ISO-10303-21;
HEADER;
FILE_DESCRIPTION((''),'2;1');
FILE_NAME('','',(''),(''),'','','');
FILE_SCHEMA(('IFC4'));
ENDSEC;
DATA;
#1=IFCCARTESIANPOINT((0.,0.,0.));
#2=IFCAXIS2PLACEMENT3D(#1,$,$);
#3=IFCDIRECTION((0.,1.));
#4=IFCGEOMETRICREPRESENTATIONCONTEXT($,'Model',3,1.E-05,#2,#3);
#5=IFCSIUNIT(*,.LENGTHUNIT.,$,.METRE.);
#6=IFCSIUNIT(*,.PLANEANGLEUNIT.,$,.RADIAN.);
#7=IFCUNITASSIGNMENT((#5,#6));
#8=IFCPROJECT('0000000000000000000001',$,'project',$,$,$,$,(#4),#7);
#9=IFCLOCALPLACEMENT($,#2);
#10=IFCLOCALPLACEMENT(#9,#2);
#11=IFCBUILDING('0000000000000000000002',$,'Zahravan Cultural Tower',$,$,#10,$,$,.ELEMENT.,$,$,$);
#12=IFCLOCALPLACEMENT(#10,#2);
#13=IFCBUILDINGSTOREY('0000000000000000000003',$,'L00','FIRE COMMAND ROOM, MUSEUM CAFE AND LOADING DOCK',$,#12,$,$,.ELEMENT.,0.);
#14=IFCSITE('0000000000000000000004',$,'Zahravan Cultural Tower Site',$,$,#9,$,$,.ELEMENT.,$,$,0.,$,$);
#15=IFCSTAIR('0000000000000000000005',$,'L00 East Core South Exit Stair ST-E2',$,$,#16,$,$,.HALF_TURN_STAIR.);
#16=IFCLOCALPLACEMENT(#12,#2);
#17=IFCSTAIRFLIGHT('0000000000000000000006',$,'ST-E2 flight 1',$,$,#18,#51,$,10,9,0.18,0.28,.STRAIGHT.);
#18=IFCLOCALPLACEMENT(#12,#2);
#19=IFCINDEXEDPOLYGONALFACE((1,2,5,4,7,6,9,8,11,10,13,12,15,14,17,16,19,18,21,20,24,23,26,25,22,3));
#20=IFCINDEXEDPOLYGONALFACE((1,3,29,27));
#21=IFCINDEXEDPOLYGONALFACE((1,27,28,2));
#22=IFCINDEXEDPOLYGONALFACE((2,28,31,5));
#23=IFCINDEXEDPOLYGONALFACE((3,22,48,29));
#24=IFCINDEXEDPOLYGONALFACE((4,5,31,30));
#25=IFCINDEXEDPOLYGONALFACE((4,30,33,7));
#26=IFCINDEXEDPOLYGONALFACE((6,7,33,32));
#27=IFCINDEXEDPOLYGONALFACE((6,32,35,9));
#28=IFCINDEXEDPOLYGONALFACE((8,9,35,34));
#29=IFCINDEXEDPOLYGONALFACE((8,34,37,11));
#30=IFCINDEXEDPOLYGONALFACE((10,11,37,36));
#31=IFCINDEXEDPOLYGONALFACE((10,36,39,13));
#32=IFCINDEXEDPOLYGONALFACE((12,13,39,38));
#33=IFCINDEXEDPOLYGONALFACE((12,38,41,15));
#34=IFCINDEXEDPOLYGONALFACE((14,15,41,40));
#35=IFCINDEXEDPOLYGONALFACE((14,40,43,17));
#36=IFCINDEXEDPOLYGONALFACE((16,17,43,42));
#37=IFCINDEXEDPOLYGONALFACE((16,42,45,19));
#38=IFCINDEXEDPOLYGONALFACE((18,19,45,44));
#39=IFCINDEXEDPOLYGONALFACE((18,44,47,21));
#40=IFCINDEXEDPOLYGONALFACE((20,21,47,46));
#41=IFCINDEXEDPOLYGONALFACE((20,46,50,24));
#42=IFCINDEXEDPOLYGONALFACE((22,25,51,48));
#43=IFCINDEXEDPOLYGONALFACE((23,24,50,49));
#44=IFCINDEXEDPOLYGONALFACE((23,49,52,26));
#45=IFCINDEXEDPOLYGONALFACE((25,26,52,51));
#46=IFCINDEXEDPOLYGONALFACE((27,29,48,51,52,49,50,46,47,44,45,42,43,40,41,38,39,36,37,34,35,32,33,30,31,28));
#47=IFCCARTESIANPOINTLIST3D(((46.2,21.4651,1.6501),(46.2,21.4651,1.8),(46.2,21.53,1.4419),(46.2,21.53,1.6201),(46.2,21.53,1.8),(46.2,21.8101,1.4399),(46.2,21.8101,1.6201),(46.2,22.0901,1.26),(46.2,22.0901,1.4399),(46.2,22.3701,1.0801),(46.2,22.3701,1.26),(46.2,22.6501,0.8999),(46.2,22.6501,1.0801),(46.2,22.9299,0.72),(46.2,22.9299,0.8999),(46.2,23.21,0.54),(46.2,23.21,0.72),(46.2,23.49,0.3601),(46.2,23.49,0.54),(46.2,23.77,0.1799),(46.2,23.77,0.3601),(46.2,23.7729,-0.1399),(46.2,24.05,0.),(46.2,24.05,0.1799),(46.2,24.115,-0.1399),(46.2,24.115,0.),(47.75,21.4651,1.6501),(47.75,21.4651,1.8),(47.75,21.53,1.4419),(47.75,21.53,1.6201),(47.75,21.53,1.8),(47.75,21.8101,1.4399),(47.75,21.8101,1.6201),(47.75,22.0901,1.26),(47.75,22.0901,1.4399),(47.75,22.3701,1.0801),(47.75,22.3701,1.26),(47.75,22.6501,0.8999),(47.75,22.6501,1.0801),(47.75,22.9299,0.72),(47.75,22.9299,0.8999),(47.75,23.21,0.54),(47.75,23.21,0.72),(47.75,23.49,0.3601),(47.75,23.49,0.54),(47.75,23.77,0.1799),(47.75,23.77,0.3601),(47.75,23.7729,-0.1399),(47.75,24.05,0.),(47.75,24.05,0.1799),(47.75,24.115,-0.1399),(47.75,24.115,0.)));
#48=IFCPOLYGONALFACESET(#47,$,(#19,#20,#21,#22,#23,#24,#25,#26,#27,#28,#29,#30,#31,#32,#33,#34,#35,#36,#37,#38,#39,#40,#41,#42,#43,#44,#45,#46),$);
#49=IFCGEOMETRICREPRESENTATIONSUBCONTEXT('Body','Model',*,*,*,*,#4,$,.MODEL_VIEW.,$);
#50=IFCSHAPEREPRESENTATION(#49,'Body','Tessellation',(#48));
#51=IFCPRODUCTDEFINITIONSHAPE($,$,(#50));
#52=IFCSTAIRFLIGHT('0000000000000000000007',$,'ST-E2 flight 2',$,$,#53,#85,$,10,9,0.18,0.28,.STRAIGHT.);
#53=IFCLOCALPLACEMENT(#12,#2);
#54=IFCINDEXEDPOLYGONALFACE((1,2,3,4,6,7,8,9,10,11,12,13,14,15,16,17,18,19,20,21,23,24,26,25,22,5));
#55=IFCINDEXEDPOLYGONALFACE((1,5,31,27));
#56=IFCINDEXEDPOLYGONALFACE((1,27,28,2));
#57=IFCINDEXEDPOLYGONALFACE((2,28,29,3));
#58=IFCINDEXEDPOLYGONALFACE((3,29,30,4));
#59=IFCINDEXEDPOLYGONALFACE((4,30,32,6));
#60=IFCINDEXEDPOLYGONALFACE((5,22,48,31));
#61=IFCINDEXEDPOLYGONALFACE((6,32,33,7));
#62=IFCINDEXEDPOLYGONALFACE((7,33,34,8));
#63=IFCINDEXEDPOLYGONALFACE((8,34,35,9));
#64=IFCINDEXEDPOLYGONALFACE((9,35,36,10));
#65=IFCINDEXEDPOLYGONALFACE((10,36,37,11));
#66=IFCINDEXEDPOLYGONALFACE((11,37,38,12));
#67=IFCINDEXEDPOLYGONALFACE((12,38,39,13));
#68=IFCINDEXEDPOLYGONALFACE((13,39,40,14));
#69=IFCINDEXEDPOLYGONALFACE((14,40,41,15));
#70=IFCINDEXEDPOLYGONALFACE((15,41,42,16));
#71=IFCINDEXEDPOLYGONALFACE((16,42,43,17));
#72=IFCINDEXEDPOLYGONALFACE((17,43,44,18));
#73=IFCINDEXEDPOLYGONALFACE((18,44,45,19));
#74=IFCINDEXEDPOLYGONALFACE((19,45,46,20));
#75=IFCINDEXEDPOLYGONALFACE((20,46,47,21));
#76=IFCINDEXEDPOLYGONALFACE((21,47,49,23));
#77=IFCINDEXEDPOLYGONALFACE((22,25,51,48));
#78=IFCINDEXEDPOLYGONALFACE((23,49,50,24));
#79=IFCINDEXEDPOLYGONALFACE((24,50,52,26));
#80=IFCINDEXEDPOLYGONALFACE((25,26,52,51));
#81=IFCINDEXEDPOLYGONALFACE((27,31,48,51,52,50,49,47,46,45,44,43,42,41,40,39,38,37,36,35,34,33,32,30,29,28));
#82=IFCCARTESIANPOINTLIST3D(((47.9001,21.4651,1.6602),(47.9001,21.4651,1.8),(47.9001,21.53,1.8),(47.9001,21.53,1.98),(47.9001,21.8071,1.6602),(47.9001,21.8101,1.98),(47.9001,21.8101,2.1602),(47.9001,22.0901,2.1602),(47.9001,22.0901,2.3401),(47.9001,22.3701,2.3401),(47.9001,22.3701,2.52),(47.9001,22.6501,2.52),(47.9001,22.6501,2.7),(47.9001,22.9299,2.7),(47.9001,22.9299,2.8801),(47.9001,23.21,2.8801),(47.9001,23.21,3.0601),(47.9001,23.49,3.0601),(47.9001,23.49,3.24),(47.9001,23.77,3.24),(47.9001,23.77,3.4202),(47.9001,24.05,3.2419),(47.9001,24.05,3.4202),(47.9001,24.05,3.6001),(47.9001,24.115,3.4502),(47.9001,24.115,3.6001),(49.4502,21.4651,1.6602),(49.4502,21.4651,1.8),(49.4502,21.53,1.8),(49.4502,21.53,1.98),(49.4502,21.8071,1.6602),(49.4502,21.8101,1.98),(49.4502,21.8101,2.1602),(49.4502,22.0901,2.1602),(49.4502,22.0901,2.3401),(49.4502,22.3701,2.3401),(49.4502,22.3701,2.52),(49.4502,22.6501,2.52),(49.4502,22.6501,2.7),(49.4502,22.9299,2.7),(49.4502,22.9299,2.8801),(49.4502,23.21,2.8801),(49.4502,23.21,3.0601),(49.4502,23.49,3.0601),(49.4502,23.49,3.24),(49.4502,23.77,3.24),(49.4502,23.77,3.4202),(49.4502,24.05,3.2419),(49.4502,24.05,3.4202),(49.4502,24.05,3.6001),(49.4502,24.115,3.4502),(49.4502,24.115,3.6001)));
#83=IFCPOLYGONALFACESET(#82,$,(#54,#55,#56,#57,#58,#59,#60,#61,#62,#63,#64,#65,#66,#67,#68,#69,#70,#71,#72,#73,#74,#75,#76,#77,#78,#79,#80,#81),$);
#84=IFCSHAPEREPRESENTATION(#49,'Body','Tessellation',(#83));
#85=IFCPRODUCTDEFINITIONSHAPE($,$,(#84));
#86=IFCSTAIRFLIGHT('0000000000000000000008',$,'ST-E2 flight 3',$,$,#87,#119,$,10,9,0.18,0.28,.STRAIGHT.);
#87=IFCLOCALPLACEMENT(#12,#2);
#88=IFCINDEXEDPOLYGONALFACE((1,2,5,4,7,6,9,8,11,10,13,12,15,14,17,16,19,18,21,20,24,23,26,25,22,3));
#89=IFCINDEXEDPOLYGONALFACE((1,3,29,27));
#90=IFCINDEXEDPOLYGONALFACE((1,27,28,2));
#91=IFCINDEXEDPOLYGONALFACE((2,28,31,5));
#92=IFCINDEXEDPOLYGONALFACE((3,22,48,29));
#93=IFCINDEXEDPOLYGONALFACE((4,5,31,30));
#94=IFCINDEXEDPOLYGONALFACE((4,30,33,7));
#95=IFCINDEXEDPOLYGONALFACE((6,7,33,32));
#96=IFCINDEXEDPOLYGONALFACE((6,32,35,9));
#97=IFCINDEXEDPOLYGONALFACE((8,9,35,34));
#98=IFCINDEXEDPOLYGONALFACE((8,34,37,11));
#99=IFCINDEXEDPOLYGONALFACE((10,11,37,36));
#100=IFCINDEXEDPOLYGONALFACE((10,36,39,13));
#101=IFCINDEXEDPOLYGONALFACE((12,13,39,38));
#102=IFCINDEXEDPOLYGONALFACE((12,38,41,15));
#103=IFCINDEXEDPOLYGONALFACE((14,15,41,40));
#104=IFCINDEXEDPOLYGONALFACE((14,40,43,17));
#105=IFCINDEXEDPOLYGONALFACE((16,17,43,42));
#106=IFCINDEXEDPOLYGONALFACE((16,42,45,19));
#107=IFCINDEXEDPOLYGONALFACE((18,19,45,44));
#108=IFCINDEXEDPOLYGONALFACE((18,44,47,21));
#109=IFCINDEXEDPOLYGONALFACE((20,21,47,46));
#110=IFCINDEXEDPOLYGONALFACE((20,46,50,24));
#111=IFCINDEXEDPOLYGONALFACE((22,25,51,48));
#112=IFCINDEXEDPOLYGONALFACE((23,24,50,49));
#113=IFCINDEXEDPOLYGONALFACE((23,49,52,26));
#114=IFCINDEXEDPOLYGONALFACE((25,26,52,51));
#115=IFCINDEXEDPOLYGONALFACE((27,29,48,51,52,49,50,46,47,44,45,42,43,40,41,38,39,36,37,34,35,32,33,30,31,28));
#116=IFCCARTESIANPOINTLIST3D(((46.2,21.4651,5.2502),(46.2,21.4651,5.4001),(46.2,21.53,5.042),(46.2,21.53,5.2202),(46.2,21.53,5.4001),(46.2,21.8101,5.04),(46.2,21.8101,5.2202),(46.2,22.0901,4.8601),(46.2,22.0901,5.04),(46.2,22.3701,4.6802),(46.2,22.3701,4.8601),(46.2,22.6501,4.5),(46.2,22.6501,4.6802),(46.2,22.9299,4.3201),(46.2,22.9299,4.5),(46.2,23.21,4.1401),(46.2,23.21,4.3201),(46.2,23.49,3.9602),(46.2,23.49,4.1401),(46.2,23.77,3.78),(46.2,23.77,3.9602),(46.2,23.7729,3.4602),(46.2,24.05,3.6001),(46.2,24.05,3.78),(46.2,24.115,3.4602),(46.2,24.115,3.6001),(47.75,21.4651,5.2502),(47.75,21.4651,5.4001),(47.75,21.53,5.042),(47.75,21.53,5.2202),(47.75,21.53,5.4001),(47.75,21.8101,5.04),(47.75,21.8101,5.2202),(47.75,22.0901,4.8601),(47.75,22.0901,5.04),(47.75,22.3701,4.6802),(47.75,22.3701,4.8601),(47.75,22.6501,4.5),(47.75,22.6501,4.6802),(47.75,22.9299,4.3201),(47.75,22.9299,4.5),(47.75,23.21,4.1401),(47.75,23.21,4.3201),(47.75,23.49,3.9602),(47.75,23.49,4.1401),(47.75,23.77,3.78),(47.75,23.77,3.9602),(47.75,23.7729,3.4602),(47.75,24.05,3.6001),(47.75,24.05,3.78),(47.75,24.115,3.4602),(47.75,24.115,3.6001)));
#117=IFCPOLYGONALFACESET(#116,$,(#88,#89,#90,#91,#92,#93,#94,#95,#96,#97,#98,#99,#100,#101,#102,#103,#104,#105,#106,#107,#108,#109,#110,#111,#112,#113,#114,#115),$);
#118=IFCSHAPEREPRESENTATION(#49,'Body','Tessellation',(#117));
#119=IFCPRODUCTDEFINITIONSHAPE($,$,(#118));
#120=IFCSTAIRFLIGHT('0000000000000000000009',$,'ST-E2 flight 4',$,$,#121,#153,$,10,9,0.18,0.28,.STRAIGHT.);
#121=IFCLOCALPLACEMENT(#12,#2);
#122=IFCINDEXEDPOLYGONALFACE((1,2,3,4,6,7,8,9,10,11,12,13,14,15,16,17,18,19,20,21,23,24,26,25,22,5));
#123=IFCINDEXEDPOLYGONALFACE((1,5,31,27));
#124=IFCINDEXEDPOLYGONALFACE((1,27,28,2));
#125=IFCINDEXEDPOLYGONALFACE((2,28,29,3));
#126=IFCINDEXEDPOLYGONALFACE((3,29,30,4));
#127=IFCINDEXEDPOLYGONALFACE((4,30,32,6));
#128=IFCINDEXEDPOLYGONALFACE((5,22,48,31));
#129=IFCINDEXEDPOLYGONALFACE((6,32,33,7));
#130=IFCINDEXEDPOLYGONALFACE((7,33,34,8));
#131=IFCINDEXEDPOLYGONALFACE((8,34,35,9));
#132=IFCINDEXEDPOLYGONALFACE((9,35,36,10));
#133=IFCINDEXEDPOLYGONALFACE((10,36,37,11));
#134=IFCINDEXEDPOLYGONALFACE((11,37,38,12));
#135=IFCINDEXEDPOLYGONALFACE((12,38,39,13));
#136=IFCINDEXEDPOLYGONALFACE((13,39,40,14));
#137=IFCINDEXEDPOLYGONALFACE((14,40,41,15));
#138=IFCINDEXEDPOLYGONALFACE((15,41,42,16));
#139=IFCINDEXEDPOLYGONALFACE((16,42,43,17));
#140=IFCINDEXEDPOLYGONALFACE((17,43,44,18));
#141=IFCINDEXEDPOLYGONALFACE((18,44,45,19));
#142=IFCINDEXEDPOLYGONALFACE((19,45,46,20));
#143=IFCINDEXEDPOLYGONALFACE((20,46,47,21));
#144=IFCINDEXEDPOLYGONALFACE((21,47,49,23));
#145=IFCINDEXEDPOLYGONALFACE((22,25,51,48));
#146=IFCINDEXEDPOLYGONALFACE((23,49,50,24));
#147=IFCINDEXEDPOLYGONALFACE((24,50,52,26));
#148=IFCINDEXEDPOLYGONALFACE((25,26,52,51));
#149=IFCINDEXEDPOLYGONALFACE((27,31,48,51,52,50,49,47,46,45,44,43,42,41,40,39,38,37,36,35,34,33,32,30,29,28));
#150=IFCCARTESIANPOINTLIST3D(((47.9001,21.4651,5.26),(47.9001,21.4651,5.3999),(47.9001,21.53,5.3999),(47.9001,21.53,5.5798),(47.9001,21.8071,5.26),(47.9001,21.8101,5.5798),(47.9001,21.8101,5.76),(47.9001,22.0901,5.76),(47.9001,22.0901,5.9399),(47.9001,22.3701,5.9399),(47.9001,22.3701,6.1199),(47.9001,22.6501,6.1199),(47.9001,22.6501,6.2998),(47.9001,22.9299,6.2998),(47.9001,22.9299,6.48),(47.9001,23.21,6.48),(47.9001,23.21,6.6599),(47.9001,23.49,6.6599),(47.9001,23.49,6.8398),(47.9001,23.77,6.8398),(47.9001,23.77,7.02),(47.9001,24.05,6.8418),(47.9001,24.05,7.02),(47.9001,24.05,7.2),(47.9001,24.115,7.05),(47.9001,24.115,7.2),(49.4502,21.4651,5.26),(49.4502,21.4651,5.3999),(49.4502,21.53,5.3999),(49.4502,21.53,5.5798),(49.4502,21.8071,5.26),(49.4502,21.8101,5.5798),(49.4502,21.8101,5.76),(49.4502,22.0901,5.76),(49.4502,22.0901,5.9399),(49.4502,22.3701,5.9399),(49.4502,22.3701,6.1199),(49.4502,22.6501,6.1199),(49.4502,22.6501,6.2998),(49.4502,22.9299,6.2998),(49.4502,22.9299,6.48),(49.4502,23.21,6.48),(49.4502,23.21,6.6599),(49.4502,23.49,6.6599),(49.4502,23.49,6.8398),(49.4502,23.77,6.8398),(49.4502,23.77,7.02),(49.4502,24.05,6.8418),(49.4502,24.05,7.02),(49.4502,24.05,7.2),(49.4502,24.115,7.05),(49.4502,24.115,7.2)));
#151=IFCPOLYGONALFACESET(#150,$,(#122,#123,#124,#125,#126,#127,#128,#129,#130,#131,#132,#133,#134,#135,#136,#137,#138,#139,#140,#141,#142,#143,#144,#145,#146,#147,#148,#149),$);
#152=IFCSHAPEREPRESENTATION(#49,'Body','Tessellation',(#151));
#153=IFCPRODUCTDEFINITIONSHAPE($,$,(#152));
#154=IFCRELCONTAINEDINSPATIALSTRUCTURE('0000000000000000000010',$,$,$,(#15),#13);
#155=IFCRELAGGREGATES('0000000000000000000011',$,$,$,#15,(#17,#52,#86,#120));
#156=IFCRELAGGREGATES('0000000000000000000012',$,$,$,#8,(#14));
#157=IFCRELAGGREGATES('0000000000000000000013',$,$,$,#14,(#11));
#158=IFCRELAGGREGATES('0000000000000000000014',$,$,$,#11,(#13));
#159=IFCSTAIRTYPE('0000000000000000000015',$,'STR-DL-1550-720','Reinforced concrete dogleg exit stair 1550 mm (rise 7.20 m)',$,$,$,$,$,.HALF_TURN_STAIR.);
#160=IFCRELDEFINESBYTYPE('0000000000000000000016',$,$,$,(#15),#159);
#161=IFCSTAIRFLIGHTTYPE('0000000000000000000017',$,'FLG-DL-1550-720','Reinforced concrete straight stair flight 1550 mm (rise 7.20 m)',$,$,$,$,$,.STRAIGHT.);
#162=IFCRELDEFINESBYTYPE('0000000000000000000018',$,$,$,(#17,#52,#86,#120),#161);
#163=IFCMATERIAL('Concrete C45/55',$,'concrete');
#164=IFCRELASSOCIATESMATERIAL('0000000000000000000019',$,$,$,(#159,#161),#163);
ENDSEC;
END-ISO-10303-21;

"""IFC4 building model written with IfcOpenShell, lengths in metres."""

from ifc_helpers import new_model, si_unit, direction, frame, origin, place, context, subcontext, project, spatial, polyline, outline, extrude, material, type_object, element, aggregate, save


model = new_model("IFC4")

# Units and contexts
model_context = context("Model", 3, precision=1e-05, world=origin(), true_north=direction((0.0, 1.0)))
body_context = subcontext(model_context, "Body", "Model", "MODEL_VIEW")
ifc_project = project(units=[si_unit("LENGTHUNIT", "METRE"), si_unit("PLANEANGLEUNIT", "RADIAN")], contexts=[model_context])

# Site, building, storey
site_placement = place(None, origin())
site = spatial("IfcSite", under=ifc_project, at=site_placement, Name="Zahravan Cultural Tower Site", CompositionType="ELEMENT", RefElevation=0.0)
building_placement = place(site_placement, origin())
building = spatial("IfcBuilding", under=site, at=building_placement, Name="Zahravan Cultural Tower", CompositionType="ELEMENT")
storey_placement = place(building_placement, origin())
storey = spatial("IfcBuildingStorey", under=building, at=storey_placement, Name="L00", Description="FIRE COMMAND ROOM, MUSEUM CAFE AND LOADING DOCK", CompositionType="ELEMENT", Elevation=0.0)

# Stair, stair flights
ifc_material_1 = material(Name="Concrete C45/55", Category="concrete")
stair_type = type_object("IfcStairType", Name="STR-DL-1550-720", Description="Reinforced concrete dogleg exit stair 1550 mm (rise 7.20 m)", PredefinedType="HALF_TURN_STAIR", material=ifc_material_1)
stair_placement = place(storey_placement, origin())
stair = element("IfcStair", 1, at=stair_placement, inside=storey, type_object=stair_type, Name="L00 East Core South Exit Stair ST-E2", PredefinedType="HALF_TURN_STAIR")
stair_flight_type = type_object("IfcStairFlightType", Name="FLG-DL-1550-720", Description="Reinforced concrete straight stair flight 1550 mm (rise 7.20 m)", PredefinedType="STRAIGHT", material=ifc_material_1)
stair_flight_1_placement = place(storey_placement, frame((46.9751, 24.05, 0.0), z_axis=(0.0, 0.0, 1.0), x_axis=(0.0, -1.0, 0.0)))
stair_flight_1 = element("IfcStairFlight", 2, at=stair_flight_1_placement, type_object=stair_flight_type, Name="ST-E2 flight 1", NumberOfRisers=10, NumberOfTreads=9, PredefinedType="STRAIGHT", RiserHeight=0.18, TreadLength=0.28, context=body_context, shape_type="SweptSolid", body=[
    extrude(outline(polyline([(-0.0649, -0.1399), (-0.0649, 0.0), (0.0, 0.0), (0.0, 0.1799), (0.28, 0.1799), (0.28, 0.3601), (0.5601, 0.3601), (0.5601, 0.54), (0.8401, 0.54), (0.8401, 0.72), (1.1201, 0.72), (1.1201, 0.8999), (1.3999, 0.8999), (1.3999, 1.0801), (1.6799, 1.0801), (1.6799, 1.26), (1.96, 1.26), (1.96, 1.4399), (2.24, 1.4399), (2.24, 1.6201), (2.52, 1.6201), (2.52, 1.8), (2.585, 1.8), (2.585, 1.6501), (2.52, 1.4419), (0.2771, -0.1399), (-0.0649, -0.1399)])), frame((0.0, 0.7749, 0.0), z_axis=(0.0, -1.0, 0.0), x_axis=(1.0, 0.0, 0.0)), (0.0, 0.0, 1.0), 1.55),
])
stair_flight_2_placement = place(storey_placement, frame((48.675, 21.53, 1.8), z_axis=(0.0, 0.0, 1.0), x_axis=(0.0, 1.0, 0.0)))
stair_flight_2 = element("IfcStairFlight", 3, at=stair_flight_2_placement, type_object=stair_flight_type, Name="ST-E2 flight 2", NumberOfRisers=10, NumberOfTreads=9, PredefinedType="STRAIGHT", RiserHeight=0.18, TreadLength=0.28, context=body_context, shape_type="SweptSolid", body=[
    extrude(outline(polyline([(-0.0649, -0.1399), (-0.0649, 0.0), (0.0, 0.0), (0.0, 0.1799), (0.28, 0.1799), (0.28, 0.3601), (0.5601, 0.3601), (0.5601, 0.54), (0.8401, 0.54), (0.8401, 0.72), (1.1201, 0.72), (1.1201, 0.8999), (1.3999, 0.8999), (1.3999, 1.0801), (1.6799, 1.0801), (1.6799, 1.26), (1.96, 1.26), (1.96, 1.4399), (2.24, 1.4399), (2.24, 1.6201), (2.52, 1.6201), (2.52, 1.8), (2.585, 1.8), (2.585, 1.6501), (2.52, 1.4419), (0.2771, -0.1399), (-0.0649, -0.1399)])), frame((0.0, 0.7749, 0.0), z_axis=(0.0, -1.0, 0.0), x_axis=(1.0, 0.0, 0.0)), (0.0, 0.0, 1.0), 1.55),
])
stair_flight_3_placement = place(storey_placement, frame((46.9751, 24.05, 3.6001), z_axis=(0.0, 0.0, 1.0), x_axis=(0.0, -1.0, 0.0)))
stair_flight_3 = element("IfcStairFlight", 4, at=stair_flight_3_placement, type_object=stair_flight_type, Name="ST-E2 flight 3", NumberOfRisers=10, NumberOfTreads=9, PredefinedType="STRAIGHT", RiserHeight=0.18, TreadLength=0.28, context=body_context, shape_type="SweptSolid", body=[
    extrude(outline(polyline([(-0.0649, -0.1399), (-0.0649, 0.0), (0.0, 0.0), (0.0, 0.1799), (0.28, 0.1799), (0.28, 0.3601), (0.5601, 0.3601), (0.5601, 0.54), (0.8401, 0.54), (0.8401, 0.72), (1.1201, 0.72), (1.1201, 0.8999), (1.3999, 0.8999), (1.3999, 1.0801), (1.6799, 1.0801), (1.6799, 1.26), (1.96, 1.26), (1.96, 1.4399), (2.24, 1.4399), (2.24, 1.6201), (2.52, 1.6201), (2.52, 1.8), (2.585, 1.8), (2.585, 1.6501), (2.52, 1.4419), (0.2771, -0.1399), (-0.0649, -0.1399)])), frame((0.0, 0.7749, 0.0), z_axis=(0.0, -1.0, 0.0), x_axis=(1.0, 0.0, 0.0)), (0.0, 0.0, 1.0), 1.55),
])
stair_flight_4_placement = place(storey_placement, frame((48.675, 21.53, 5.3999), z_axis=(0.0, 0.0, 1.0), x_axis=(0.0, 1.0, 0.0)))
stair_flight_4 = element("IfcStairFlight", 5, at=stair_flight_4_placement, type_object=stair_flight_type, Name="ST-E2 flight 4", NumberOfRisers=10, NumberOfTreads=9, PredefinedType="STRAIGHT", RiserHeight=0.18, TreadLength=0.28, context=body_context, shape_type="SweptSolid", body=[
    extrude(outline(polyline([(-0.0649, -0.1399), (-0.0649, 0.0), (0.0, 0.0), (0.0, 0.1799), (0.28, 0.1799), (0.28, 0.3601), (0.5601, 0.3601), (0.5601, 0.54), (0.8401, 0.54), (0.8401, 0.72), (1.1201, 0.72), (1.1201, 0.8999), (1.3999, 0.8999), (1.3999, 1.0801), (1.6799, 1.0801), (1.6799, 1.26), (1.96, 1.26), (1.96, 1.4399), (2.24, 1.4399), (2.24, 1.6201), (2.52, 1.6201), (2.52, 1.8), (2.585, 1.8), (2.585, 1.6501), (2.52, 1.4419), (0.2771, -0.1399), (-0.0649, -0.1399)])), frame((0.0, 0.7749, 0.0), z_axis=(0.0, -1.0, 0.0), x_axis=(1.0, 0.0, 0.0)), (0.0, 0.0, 1.0), 1.55),
])
aggregate(stair, [stair_flight_1, stair_flight_2, stair_flight_3, stair_flight_4])

save(model, "model.ifc")
